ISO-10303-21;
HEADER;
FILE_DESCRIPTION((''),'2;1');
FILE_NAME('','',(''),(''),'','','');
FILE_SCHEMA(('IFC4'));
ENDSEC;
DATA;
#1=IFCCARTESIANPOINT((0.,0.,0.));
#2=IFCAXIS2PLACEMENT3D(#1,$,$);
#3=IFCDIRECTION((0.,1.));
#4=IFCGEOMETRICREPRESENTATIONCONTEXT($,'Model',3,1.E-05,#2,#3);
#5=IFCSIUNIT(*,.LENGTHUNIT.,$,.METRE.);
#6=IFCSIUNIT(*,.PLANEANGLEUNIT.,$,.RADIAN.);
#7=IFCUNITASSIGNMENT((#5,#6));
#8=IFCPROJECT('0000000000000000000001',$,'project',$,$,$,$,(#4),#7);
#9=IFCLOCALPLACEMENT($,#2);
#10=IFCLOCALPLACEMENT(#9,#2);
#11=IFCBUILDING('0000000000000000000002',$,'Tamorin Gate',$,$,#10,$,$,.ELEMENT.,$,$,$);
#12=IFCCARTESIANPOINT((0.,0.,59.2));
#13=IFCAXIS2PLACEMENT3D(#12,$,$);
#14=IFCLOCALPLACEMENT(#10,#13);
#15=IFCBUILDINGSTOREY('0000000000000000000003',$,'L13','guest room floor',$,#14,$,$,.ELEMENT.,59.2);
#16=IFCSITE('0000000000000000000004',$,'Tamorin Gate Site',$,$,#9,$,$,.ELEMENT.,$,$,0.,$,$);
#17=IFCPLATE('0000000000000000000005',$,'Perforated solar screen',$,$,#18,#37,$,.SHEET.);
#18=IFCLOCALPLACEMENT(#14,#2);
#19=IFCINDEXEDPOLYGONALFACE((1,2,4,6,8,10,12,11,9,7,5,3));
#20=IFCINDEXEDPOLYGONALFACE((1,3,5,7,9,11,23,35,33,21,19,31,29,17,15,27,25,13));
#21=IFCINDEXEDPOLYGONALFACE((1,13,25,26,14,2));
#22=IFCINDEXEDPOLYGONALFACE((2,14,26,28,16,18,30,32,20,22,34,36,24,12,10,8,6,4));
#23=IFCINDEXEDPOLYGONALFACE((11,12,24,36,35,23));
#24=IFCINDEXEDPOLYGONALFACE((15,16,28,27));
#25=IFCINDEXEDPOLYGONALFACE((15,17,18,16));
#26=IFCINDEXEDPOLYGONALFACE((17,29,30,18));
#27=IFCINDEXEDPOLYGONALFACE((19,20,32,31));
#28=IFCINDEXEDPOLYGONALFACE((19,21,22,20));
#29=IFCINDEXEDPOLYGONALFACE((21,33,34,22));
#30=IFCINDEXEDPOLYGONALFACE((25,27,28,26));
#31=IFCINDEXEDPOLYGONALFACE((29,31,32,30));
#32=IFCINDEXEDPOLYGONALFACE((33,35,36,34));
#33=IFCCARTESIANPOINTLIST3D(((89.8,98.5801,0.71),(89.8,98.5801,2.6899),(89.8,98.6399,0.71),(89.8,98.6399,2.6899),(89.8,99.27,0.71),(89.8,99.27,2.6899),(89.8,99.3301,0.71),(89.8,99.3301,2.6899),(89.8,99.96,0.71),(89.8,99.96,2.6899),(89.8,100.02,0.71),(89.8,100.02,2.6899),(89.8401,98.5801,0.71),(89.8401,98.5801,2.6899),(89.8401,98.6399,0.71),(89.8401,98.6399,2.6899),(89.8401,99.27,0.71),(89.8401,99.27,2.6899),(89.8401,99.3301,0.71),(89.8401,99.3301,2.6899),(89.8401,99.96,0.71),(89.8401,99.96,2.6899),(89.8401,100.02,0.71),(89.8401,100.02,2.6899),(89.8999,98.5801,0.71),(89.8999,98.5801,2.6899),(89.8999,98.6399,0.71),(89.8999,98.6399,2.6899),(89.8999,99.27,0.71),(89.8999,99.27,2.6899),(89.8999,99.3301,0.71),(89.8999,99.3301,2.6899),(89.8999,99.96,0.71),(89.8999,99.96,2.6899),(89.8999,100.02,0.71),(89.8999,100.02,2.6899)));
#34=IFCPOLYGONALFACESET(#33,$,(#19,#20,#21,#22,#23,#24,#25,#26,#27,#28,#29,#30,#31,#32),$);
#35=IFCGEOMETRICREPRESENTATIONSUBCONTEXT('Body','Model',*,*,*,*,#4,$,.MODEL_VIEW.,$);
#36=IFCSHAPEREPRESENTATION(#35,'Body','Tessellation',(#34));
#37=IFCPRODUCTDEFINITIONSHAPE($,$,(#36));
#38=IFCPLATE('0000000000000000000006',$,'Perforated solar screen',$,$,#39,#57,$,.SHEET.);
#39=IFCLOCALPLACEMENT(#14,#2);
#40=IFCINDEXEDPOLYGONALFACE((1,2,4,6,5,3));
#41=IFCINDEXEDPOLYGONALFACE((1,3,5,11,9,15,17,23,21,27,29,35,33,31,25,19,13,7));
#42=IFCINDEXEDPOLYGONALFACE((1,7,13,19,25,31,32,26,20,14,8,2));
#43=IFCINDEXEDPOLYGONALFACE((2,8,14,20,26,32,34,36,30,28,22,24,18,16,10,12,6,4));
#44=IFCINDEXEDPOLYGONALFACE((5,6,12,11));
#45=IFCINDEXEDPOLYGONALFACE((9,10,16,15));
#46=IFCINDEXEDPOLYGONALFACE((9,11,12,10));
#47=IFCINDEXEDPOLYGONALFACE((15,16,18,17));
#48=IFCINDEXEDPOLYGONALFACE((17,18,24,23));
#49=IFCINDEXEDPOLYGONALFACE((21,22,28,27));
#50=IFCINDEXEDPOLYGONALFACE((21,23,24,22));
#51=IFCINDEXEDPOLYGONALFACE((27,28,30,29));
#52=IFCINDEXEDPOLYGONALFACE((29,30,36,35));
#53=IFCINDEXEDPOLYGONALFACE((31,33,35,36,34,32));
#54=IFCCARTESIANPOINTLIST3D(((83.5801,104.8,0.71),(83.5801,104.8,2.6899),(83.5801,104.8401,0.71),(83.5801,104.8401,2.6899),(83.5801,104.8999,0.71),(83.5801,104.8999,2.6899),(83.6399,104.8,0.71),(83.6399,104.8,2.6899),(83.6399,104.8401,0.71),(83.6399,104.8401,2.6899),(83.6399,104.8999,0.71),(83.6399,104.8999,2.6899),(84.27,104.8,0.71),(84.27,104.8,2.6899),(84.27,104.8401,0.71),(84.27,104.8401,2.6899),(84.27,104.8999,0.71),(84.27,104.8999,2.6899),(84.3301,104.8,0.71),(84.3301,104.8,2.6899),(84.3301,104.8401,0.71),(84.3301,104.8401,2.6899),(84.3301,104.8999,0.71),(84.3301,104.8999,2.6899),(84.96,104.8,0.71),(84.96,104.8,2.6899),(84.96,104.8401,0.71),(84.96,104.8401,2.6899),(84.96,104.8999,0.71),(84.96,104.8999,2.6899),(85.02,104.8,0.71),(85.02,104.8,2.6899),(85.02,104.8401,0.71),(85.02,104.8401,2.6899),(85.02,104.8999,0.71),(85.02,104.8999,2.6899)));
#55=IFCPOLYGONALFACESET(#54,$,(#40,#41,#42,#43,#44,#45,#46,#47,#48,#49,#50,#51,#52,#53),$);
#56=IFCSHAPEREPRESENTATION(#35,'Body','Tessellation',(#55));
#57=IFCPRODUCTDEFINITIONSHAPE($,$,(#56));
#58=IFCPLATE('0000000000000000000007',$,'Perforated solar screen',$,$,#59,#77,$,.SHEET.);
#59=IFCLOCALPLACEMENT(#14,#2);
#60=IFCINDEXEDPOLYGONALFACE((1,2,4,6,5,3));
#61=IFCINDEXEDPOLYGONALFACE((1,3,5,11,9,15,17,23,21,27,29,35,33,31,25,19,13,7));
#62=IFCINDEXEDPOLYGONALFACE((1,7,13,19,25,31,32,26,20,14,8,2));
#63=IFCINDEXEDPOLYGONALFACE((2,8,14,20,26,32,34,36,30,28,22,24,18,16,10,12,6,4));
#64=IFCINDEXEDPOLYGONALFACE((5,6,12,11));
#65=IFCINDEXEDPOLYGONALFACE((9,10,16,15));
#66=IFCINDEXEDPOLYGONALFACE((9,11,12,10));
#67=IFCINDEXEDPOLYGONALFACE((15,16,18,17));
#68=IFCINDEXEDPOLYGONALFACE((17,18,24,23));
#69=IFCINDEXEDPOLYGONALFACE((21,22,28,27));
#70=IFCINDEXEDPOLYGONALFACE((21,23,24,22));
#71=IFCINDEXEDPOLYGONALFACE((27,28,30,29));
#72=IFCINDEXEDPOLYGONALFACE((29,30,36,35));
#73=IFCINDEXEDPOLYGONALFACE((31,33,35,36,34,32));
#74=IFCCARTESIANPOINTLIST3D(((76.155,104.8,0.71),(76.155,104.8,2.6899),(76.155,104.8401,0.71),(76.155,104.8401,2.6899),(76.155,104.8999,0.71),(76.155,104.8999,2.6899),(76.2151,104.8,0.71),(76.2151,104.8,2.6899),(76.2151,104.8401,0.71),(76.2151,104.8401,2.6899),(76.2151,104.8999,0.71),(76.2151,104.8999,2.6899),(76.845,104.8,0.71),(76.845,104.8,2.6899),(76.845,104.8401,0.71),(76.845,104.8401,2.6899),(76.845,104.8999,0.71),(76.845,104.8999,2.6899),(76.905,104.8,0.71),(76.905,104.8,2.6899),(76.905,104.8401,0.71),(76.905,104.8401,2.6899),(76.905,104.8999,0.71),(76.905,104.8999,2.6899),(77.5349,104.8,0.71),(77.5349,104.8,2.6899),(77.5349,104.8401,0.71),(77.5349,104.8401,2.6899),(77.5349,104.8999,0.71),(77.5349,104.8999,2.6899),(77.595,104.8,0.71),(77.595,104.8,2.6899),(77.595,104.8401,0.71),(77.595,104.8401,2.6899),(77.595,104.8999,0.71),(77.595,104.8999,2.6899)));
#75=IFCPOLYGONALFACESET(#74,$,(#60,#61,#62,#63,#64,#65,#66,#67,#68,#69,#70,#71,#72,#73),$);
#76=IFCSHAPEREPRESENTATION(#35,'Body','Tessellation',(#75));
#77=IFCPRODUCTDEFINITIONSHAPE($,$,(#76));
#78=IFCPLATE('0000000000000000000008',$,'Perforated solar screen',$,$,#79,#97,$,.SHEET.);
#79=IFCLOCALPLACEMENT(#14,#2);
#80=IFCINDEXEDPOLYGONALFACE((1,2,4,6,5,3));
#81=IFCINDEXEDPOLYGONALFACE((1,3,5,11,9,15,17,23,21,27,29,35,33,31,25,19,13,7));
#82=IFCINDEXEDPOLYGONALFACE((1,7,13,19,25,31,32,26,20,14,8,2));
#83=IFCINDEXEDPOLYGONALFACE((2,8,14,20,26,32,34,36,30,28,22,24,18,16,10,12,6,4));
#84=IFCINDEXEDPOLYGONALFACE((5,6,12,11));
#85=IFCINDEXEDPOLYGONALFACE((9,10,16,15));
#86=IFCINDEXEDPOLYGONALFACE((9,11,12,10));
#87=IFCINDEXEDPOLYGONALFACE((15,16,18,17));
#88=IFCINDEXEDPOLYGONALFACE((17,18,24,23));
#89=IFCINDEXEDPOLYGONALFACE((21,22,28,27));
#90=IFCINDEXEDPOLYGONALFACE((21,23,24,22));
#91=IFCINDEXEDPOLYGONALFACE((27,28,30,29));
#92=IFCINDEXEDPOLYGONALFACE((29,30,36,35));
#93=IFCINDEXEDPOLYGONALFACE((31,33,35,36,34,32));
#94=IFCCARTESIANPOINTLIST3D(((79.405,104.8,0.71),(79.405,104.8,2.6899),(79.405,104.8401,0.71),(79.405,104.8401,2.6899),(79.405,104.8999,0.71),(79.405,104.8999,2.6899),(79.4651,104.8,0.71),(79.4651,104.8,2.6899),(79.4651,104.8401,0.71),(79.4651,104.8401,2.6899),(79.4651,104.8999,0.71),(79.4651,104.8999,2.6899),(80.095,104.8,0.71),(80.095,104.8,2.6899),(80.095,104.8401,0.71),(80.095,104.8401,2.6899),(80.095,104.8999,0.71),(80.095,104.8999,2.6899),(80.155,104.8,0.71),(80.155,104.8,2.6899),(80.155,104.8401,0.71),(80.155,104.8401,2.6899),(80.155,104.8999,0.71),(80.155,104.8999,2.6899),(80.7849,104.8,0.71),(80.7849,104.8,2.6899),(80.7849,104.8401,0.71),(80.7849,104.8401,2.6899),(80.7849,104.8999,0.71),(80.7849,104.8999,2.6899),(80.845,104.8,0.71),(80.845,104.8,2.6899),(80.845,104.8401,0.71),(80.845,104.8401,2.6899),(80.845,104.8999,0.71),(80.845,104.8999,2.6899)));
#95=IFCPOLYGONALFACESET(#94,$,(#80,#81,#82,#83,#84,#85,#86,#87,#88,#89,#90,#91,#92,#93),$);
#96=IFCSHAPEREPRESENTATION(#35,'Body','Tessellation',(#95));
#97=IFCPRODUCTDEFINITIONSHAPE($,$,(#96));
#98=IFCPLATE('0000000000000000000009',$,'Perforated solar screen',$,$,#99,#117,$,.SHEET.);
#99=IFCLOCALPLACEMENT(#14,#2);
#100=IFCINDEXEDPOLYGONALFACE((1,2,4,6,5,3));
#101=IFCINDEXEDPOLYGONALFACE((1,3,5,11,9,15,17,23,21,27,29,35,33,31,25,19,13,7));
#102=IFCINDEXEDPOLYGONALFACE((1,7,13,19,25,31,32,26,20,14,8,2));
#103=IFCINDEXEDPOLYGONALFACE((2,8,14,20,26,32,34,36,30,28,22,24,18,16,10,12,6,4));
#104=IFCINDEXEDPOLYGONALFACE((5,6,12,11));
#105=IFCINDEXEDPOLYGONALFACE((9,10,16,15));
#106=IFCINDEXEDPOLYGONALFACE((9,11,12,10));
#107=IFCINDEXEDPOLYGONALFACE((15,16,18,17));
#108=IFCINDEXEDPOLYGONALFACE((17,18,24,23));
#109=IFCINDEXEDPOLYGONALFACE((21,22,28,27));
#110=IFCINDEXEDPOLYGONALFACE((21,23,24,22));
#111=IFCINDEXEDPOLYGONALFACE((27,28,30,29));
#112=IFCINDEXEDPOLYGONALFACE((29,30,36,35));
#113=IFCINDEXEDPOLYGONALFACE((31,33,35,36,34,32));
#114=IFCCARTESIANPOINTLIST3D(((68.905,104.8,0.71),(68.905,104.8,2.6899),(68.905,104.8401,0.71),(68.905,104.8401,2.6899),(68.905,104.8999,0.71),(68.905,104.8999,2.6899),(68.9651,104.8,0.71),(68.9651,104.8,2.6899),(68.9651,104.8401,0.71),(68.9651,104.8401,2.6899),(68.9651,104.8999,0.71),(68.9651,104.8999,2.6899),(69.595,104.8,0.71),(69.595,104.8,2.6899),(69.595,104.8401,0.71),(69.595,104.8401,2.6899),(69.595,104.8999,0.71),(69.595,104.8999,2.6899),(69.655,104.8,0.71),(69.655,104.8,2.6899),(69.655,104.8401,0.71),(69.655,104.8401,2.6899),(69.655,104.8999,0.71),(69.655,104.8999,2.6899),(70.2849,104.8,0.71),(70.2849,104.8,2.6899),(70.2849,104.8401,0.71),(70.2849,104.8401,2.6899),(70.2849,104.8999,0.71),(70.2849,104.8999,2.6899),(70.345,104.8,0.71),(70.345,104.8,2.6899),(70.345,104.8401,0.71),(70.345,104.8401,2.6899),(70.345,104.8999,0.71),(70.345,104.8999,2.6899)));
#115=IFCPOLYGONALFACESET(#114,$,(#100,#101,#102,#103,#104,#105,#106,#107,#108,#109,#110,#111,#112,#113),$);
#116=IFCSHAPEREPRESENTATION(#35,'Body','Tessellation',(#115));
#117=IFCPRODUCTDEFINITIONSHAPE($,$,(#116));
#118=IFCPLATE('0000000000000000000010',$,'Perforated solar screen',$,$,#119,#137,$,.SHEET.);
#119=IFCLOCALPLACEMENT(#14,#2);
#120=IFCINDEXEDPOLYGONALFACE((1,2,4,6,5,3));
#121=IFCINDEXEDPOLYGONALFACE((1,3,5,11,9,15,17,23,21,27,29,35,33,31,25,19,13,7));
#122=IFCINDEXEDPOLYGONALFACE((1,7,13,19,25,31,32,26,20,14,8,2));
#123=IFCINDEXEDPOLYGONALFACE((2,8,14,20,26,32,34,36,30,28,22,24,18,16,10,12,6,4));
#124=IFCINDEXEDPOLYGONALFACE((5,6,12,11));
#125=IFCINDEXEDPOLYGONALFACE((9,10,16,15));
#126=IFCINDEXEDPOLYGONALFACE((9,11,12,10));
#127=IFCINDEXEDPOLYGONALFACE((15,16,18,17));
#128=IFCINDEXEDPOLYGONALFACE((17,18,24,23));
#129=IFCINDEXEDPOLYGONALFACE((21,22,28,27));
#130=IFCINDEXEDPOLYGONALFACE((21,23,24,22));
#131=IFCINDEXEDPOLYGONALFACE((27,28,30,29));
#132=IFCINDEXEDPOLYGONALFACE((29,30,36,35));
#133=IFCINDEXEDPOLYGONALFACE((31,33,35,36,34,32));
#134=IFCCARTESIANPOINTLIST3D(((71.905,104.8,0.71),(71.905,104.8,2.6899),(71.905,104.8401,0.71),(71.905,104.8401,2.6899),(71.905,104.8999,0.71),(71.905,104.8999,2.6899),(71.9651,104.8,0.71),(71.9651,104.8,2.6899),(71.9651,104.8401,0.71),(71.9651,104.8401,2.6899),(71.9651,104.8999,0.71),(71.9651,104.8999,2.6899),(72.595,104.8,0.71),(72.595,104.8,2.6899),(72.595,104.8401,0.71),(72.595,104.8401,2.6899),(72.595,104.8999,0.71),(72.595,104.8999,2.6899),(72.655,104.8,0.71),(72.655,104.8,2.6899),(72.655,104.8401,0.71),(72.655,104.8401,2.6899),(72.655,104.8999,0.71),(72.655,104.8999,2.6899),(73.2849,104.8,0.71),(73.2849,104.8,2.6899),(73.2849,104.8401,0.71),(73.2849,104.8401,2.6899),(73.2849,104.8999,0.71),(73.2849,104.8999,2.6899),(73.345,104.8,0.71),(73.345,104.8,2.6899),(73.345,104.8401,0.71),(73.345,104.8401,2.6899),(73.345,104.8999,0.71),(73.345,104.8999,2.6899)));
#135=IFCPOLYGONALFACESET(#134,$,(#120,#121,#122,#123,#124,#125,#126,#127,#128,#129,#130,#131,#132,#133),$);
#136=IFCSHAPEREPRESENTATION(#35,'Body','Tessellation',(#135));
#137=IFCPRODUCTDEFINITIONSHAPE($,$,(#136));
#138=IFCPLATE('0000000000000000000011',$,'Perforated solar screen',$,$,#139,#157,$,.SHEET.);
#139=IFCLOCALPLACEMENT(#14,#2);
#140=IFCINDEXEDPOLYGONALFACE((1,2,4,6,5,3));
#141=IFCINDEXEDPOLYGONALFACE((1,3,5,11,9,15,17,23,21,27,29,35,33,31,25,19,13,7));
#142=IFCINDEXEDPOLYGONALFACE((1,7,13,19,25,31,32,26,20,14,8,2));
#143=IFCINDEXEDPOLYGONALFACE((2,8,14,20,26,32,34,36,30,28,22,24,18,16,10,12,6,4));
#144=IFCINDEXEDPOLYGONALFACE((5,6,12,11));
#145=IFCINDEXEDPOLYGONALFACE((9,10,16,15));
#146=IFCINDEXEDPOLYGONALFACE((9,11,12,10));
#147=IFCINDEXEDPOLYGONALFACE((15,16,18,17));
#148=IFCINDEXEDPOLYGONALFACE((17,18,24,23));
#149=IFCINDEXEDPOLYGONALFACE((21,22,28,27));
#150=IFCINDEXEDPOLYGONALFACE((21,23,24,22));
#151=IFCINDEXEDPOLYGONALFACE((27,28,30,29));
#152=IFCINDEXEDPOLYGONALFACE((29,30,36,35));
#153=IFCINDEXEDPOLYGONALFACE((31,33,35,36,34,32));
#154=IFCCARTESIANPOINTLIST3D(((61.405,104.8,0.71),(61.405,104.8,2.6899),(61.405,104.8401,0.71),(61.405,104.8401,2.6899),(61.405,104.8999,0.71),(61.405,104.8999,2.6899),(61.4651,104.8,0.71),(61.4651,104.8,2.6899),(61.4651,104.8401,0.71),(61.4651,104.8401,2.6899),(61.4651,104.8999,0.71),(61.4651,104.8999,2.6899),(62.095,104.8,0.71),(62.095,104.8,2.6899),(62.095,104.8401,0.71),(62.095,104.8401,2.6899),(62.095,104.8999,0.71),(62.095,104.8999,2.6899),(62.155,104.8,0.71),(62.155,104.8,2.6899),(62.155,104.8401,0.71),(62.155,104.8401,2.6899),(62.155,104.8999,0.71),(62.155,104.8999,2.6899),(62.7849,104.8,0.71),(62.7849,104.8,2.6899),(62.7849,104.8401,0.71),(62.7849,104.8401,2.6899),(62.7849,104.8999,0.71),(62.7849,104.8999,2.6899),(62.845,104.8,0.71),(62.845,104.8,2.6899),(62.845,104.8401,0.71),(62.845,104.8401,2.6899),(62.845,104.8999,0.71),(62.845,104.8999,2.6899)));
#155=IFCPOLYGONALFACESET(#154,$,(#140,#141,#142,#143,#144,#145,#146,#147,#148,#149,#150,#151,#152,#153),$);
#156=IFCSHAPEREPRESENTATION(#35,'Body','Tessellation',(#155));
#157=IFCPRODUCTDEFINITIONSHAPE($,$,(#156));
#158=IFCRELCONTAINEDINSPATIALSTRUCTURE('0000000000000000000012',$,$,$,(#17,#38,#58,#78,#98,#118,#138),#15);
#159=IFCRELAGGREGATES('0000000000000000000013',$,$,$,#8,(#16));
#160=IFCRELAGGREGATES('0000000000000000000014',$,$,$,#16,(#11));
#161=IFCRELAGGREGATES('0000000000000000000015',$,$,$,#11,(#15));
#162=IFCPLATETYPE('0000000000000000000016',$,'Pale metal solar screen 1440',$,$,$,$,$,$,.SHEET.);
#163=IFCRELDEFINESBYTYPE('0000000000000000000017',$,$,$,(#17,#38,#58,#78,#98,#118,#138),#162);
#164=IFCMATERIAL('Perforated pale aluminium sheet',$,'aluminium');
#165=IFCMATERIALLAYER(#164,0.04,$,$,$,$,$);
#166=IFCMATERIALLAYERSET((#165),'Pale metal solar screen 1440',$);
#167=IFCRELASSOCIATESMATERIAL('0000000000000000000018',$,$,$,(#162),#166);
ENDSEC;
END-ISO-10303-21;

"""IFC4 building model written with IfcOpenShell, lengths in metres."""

from ifc_helpers import new_model, si_unit, direction, frame, origin, place, context, subcontext, project, spatial, polyline, outline, extrude, material, layer, layer_set, type_object, element, save


model = new_model("IFC4")

# Units and contexts
model_context = context("Model", 3, precision=1e-05, world=origin(), true_north=direction((0.0, 1.0)))
body_context = subcontext(model_context, "Body", "Model", "MODEL_VIEW")
ifc_project = project(units=[si_unit("LENGTHUNIT", "METRE"), si_unit("PLANEANGLEUNIT", "RADIAN")], contexts=[model_context])

# Site, building, storey
site_placement = place(None, origin())
site = spatial("IfcSite", under=ifc_project, at=site_placement, Name="Tamorin Gate Site", CompositionType="ELEMENT", RefElevation=0.0)
building_placement = place(site_placement, origin())
building = spatial("IfcBuilding", under=site, at=building_placement, Name="Tamorin Gate", CompositionType="ELEMENT")
storey_placement = place(building_placement, frame((0.0, 0.0, 59.2)))
storey = spatial("IfcBuildingStorey", under=building, at=storey_placement, Name="L13", Description="guest room floor", CompositionType="ELEMENT", Elevation=59.2)

# Plates
ifc_material = material(Name="Perforated pale aluminium sheet", Category="aluminium")
ifc_layer = layer(ifc_material, 0.04)
ifc_layer_set = layer_set([ifc_layer], Name="Pale metal solar screen 1440")
plate_type = type_object("IfcPlateType", Name="Pale metal solar screen 1440", PredefinedType="SHEET", material=ifc_layer_set)
plate_1_placement = place(storey_placement, frame((0.0, 0.0, 0.71)))
element("IfcPlate", 1, at=plate_1_placement, inside=storey, type_object=plate_type, Name="Perforated solar screen", PredefinedType="SHEET", context=body_context, shape_type="SweptSolid", body=[
    extrude(outline(polyline([(89.8401, 98.5801), (89.8, 98.5801), (89.8, 98.6399), (89.8, 99.27), (89.8, 99.3301), (89.8, 99.96), (89.8, 100.02), (89.8401, 100.02), (89.8999, 100.02), (89.8999, 99.96), (89.8401, 99.96), (89.8401, 99.3301), (89.8999, 99.3301), (89.8999, 99.27), (89.8401, 99.27), (89.8401, 98.6399), (89.8999, 98.6399), (89.8999, 98.5801), (89.8401, 98.5801)])), origin(), (0.0, 0.0, 1.0), 1.98),
])
plate_2_placement = place(storey_placement, frame((0.0, 0.0, 0.71)))
element("IfcPlate", 2, at=plate_2_placement, inside=storey, type_object=plate_type, Name="Perforated solar screen", PredefinedType="SHEET", context=body_context, shape_type="SweptSolid", body=[
    extrude(outline(polyline([(85.02, 104.8401), (85.02, 104.8), (84.96, 104.8), (84.3301, 104.8), (84.27, 104.8), (83.6399, 104.8), (83.5801, 104.8), (83.5801, 104.8401), (83.5801, 104.8999), (83.6399, 104.8999), (83.6399, 104.8401), (84.27, 104.8401), (84.27, 104.8999), (84.3301, 104.8999), (84.3301, 104.8401), (84.96, 104.8401), (84.96, 104.8999), (85.02, 104.8999), (85.02, 104.8401)])), origin(), (0.0, 0.0, 1.0), 1.98),
])
plate_3_placement = place(storey_placement, frame((0.0, 0.0, 0.71)))
element("IfcPlate", 3, at=plate_3_placement, inside=storey, type_object=plate_type, Name="Perforated solar screen", PredefinedType="SHEET", context=body_context, shape_type="SweptSolid", body=[
    extrude(outline(polyline([(77.595, 104.8401), (77.595, 104.8), (77.5349, 104.8), (76.905, 104.8), (76.845, 104.8), (76.2151, 104.8), (76.155, 104.8), (76.155, 104.8401), (76.155, 104.8999), (76.2151, 104.8999), (76.2151, 104.8401), (76.845, 104.8401), (76.845, 104.8999), (76.905, 104.8999), (76.905, 104.8401), (77.5349, 104.8401), (77.5349, 104.8999), (77.595, 104.8999), (77.595, 104.8401)])), origin(), (0.0, 0.0, 1.0), 1.98),
])
plate_4_placement = place(storey_placement, frame((0.0, 0.0, 0.71)))
element("IfcPlate", 4, at=plate_4_placement, inside=storey, type_object=plate_type, Name="Perforated solar screen", PredefinedType="SHEET", context=body_context, shape_type="SweptSolid", body=[
    extrude(outline(polyline([(80.845, 104.8401), (80.845, 104.8), (80.7849, 104.8), (80.155, 104.8), (80.095, 104.8), (79.4651, 104.8), (79.405, 104.8), (79.405, 104.8), (79.405, 104.8401), (79.405, 104.8401), (79.405, 104.8999), (79.4651, 104.8999), (79.4651, 104.8401), (80.095, 104.8401), (80.095, 104.8999), (80.155, 104.8999), (80.155, 104.8401), (80.7849, 104.8401), (80.7849, 104.8999), (80.845, 104.8999), (80.845, 104.8401)])), origin(), (0.0, 0.0, 1.0), 1.98),
])
plate_5_placement = place(storey_placement, frame((0.0, 0.0, 0.71)))
element("IfcPlate", 5, at=plate_5_placement, inside=storey, type_object=plate_type, Name="Perforated solar screen", PredefinedType="SHEET", context=body_context, shape_type="SweptSolid", body=[
    extrude(outline(polyline([(70.345, 104.8401), (70.345, 104.8), (70.2849, 104.8), (69.655, 104.8), (69.595, 104.8), (68.9651, 104.8), (68.905, 104.8), (68.905, 104.8401), (68.905, 104.8999), (68.9651, 104.8999), (68.9651, 104.8401), (69.595, 104.8401), (69.595, 104.8999), (69.655, 104.8999), (69.655, 104.8401), (70.2849, 104.8401), (70.2849, 104.8999), (70.345, 104.8999), (70.345, 104.8401)])), origin(), (0.0, 0.0, 1.0), 1.98),
])
plate_6_placement = place(storey_placement, frame((0.0, 0.0, 0.71)))
element("IfcPlate", 6, at=plate_6_placement, inside=storey, type_object=plate_type, Name="Perforated solar screen", PredefinedType="SHEET", context=body_context, shape_type="SweptSolid", body=[
    extrude(outline(polyline([(73.345, 104.8401), (73.345, 104.8), (73.2849, 104.8), (72.655, 104.8), (72.595, 104.8), (71.9651, 104.8), (71.905, 104.8), (71.905, 104.8401), (71.905, 104.8999), (71.9651, 104.8999), (71.9651, 104.8401), (72.595, 104.8401), (72.595, 104.8999), (72.655, 104.8999), (72.655, 104.8401), (73.2849, 104.8401), (73.2849, 104.8999), (73.345, 104.8999), (73.345, 104.8401)])), origin(), (0.0, 0.0, 1.0), 1.98),
])
plate_7_placement = place(storey_placement, frame((0.0, 0.0, 0.71)))
element("IfcPlate", 7, at=plate_7_placement, inside=storey, type_object=plate_type, Name="Perforated solar screen", PredefinedType="SHEET", context=body_context, shape_type="SweptSolid", body=[
    extrude(outline(polyline([(62.845, 104.8401), (62.845, 104.8), (62.7849, 104.8), (62.155, 104.8), (62.095, 104.8), (61.4651, 104.8), (61.405, 104.8), (61.405, 104.8401), (61.405, 104.8999), (61.4651, 104.8999), (61.4651, 104.8401), (62.095, 104.8401), (62.095, 104.8999), (62.155, 104.8999), (62.155, 104.8401), (62.7849, 104.8401), (62.7849, 104.8999), (62.845, 104.8999), (62.845, 104.8401)])), origin(), (0.0, 0.0, 1.0), 1.98),
])

save(model, "model.ifc")
